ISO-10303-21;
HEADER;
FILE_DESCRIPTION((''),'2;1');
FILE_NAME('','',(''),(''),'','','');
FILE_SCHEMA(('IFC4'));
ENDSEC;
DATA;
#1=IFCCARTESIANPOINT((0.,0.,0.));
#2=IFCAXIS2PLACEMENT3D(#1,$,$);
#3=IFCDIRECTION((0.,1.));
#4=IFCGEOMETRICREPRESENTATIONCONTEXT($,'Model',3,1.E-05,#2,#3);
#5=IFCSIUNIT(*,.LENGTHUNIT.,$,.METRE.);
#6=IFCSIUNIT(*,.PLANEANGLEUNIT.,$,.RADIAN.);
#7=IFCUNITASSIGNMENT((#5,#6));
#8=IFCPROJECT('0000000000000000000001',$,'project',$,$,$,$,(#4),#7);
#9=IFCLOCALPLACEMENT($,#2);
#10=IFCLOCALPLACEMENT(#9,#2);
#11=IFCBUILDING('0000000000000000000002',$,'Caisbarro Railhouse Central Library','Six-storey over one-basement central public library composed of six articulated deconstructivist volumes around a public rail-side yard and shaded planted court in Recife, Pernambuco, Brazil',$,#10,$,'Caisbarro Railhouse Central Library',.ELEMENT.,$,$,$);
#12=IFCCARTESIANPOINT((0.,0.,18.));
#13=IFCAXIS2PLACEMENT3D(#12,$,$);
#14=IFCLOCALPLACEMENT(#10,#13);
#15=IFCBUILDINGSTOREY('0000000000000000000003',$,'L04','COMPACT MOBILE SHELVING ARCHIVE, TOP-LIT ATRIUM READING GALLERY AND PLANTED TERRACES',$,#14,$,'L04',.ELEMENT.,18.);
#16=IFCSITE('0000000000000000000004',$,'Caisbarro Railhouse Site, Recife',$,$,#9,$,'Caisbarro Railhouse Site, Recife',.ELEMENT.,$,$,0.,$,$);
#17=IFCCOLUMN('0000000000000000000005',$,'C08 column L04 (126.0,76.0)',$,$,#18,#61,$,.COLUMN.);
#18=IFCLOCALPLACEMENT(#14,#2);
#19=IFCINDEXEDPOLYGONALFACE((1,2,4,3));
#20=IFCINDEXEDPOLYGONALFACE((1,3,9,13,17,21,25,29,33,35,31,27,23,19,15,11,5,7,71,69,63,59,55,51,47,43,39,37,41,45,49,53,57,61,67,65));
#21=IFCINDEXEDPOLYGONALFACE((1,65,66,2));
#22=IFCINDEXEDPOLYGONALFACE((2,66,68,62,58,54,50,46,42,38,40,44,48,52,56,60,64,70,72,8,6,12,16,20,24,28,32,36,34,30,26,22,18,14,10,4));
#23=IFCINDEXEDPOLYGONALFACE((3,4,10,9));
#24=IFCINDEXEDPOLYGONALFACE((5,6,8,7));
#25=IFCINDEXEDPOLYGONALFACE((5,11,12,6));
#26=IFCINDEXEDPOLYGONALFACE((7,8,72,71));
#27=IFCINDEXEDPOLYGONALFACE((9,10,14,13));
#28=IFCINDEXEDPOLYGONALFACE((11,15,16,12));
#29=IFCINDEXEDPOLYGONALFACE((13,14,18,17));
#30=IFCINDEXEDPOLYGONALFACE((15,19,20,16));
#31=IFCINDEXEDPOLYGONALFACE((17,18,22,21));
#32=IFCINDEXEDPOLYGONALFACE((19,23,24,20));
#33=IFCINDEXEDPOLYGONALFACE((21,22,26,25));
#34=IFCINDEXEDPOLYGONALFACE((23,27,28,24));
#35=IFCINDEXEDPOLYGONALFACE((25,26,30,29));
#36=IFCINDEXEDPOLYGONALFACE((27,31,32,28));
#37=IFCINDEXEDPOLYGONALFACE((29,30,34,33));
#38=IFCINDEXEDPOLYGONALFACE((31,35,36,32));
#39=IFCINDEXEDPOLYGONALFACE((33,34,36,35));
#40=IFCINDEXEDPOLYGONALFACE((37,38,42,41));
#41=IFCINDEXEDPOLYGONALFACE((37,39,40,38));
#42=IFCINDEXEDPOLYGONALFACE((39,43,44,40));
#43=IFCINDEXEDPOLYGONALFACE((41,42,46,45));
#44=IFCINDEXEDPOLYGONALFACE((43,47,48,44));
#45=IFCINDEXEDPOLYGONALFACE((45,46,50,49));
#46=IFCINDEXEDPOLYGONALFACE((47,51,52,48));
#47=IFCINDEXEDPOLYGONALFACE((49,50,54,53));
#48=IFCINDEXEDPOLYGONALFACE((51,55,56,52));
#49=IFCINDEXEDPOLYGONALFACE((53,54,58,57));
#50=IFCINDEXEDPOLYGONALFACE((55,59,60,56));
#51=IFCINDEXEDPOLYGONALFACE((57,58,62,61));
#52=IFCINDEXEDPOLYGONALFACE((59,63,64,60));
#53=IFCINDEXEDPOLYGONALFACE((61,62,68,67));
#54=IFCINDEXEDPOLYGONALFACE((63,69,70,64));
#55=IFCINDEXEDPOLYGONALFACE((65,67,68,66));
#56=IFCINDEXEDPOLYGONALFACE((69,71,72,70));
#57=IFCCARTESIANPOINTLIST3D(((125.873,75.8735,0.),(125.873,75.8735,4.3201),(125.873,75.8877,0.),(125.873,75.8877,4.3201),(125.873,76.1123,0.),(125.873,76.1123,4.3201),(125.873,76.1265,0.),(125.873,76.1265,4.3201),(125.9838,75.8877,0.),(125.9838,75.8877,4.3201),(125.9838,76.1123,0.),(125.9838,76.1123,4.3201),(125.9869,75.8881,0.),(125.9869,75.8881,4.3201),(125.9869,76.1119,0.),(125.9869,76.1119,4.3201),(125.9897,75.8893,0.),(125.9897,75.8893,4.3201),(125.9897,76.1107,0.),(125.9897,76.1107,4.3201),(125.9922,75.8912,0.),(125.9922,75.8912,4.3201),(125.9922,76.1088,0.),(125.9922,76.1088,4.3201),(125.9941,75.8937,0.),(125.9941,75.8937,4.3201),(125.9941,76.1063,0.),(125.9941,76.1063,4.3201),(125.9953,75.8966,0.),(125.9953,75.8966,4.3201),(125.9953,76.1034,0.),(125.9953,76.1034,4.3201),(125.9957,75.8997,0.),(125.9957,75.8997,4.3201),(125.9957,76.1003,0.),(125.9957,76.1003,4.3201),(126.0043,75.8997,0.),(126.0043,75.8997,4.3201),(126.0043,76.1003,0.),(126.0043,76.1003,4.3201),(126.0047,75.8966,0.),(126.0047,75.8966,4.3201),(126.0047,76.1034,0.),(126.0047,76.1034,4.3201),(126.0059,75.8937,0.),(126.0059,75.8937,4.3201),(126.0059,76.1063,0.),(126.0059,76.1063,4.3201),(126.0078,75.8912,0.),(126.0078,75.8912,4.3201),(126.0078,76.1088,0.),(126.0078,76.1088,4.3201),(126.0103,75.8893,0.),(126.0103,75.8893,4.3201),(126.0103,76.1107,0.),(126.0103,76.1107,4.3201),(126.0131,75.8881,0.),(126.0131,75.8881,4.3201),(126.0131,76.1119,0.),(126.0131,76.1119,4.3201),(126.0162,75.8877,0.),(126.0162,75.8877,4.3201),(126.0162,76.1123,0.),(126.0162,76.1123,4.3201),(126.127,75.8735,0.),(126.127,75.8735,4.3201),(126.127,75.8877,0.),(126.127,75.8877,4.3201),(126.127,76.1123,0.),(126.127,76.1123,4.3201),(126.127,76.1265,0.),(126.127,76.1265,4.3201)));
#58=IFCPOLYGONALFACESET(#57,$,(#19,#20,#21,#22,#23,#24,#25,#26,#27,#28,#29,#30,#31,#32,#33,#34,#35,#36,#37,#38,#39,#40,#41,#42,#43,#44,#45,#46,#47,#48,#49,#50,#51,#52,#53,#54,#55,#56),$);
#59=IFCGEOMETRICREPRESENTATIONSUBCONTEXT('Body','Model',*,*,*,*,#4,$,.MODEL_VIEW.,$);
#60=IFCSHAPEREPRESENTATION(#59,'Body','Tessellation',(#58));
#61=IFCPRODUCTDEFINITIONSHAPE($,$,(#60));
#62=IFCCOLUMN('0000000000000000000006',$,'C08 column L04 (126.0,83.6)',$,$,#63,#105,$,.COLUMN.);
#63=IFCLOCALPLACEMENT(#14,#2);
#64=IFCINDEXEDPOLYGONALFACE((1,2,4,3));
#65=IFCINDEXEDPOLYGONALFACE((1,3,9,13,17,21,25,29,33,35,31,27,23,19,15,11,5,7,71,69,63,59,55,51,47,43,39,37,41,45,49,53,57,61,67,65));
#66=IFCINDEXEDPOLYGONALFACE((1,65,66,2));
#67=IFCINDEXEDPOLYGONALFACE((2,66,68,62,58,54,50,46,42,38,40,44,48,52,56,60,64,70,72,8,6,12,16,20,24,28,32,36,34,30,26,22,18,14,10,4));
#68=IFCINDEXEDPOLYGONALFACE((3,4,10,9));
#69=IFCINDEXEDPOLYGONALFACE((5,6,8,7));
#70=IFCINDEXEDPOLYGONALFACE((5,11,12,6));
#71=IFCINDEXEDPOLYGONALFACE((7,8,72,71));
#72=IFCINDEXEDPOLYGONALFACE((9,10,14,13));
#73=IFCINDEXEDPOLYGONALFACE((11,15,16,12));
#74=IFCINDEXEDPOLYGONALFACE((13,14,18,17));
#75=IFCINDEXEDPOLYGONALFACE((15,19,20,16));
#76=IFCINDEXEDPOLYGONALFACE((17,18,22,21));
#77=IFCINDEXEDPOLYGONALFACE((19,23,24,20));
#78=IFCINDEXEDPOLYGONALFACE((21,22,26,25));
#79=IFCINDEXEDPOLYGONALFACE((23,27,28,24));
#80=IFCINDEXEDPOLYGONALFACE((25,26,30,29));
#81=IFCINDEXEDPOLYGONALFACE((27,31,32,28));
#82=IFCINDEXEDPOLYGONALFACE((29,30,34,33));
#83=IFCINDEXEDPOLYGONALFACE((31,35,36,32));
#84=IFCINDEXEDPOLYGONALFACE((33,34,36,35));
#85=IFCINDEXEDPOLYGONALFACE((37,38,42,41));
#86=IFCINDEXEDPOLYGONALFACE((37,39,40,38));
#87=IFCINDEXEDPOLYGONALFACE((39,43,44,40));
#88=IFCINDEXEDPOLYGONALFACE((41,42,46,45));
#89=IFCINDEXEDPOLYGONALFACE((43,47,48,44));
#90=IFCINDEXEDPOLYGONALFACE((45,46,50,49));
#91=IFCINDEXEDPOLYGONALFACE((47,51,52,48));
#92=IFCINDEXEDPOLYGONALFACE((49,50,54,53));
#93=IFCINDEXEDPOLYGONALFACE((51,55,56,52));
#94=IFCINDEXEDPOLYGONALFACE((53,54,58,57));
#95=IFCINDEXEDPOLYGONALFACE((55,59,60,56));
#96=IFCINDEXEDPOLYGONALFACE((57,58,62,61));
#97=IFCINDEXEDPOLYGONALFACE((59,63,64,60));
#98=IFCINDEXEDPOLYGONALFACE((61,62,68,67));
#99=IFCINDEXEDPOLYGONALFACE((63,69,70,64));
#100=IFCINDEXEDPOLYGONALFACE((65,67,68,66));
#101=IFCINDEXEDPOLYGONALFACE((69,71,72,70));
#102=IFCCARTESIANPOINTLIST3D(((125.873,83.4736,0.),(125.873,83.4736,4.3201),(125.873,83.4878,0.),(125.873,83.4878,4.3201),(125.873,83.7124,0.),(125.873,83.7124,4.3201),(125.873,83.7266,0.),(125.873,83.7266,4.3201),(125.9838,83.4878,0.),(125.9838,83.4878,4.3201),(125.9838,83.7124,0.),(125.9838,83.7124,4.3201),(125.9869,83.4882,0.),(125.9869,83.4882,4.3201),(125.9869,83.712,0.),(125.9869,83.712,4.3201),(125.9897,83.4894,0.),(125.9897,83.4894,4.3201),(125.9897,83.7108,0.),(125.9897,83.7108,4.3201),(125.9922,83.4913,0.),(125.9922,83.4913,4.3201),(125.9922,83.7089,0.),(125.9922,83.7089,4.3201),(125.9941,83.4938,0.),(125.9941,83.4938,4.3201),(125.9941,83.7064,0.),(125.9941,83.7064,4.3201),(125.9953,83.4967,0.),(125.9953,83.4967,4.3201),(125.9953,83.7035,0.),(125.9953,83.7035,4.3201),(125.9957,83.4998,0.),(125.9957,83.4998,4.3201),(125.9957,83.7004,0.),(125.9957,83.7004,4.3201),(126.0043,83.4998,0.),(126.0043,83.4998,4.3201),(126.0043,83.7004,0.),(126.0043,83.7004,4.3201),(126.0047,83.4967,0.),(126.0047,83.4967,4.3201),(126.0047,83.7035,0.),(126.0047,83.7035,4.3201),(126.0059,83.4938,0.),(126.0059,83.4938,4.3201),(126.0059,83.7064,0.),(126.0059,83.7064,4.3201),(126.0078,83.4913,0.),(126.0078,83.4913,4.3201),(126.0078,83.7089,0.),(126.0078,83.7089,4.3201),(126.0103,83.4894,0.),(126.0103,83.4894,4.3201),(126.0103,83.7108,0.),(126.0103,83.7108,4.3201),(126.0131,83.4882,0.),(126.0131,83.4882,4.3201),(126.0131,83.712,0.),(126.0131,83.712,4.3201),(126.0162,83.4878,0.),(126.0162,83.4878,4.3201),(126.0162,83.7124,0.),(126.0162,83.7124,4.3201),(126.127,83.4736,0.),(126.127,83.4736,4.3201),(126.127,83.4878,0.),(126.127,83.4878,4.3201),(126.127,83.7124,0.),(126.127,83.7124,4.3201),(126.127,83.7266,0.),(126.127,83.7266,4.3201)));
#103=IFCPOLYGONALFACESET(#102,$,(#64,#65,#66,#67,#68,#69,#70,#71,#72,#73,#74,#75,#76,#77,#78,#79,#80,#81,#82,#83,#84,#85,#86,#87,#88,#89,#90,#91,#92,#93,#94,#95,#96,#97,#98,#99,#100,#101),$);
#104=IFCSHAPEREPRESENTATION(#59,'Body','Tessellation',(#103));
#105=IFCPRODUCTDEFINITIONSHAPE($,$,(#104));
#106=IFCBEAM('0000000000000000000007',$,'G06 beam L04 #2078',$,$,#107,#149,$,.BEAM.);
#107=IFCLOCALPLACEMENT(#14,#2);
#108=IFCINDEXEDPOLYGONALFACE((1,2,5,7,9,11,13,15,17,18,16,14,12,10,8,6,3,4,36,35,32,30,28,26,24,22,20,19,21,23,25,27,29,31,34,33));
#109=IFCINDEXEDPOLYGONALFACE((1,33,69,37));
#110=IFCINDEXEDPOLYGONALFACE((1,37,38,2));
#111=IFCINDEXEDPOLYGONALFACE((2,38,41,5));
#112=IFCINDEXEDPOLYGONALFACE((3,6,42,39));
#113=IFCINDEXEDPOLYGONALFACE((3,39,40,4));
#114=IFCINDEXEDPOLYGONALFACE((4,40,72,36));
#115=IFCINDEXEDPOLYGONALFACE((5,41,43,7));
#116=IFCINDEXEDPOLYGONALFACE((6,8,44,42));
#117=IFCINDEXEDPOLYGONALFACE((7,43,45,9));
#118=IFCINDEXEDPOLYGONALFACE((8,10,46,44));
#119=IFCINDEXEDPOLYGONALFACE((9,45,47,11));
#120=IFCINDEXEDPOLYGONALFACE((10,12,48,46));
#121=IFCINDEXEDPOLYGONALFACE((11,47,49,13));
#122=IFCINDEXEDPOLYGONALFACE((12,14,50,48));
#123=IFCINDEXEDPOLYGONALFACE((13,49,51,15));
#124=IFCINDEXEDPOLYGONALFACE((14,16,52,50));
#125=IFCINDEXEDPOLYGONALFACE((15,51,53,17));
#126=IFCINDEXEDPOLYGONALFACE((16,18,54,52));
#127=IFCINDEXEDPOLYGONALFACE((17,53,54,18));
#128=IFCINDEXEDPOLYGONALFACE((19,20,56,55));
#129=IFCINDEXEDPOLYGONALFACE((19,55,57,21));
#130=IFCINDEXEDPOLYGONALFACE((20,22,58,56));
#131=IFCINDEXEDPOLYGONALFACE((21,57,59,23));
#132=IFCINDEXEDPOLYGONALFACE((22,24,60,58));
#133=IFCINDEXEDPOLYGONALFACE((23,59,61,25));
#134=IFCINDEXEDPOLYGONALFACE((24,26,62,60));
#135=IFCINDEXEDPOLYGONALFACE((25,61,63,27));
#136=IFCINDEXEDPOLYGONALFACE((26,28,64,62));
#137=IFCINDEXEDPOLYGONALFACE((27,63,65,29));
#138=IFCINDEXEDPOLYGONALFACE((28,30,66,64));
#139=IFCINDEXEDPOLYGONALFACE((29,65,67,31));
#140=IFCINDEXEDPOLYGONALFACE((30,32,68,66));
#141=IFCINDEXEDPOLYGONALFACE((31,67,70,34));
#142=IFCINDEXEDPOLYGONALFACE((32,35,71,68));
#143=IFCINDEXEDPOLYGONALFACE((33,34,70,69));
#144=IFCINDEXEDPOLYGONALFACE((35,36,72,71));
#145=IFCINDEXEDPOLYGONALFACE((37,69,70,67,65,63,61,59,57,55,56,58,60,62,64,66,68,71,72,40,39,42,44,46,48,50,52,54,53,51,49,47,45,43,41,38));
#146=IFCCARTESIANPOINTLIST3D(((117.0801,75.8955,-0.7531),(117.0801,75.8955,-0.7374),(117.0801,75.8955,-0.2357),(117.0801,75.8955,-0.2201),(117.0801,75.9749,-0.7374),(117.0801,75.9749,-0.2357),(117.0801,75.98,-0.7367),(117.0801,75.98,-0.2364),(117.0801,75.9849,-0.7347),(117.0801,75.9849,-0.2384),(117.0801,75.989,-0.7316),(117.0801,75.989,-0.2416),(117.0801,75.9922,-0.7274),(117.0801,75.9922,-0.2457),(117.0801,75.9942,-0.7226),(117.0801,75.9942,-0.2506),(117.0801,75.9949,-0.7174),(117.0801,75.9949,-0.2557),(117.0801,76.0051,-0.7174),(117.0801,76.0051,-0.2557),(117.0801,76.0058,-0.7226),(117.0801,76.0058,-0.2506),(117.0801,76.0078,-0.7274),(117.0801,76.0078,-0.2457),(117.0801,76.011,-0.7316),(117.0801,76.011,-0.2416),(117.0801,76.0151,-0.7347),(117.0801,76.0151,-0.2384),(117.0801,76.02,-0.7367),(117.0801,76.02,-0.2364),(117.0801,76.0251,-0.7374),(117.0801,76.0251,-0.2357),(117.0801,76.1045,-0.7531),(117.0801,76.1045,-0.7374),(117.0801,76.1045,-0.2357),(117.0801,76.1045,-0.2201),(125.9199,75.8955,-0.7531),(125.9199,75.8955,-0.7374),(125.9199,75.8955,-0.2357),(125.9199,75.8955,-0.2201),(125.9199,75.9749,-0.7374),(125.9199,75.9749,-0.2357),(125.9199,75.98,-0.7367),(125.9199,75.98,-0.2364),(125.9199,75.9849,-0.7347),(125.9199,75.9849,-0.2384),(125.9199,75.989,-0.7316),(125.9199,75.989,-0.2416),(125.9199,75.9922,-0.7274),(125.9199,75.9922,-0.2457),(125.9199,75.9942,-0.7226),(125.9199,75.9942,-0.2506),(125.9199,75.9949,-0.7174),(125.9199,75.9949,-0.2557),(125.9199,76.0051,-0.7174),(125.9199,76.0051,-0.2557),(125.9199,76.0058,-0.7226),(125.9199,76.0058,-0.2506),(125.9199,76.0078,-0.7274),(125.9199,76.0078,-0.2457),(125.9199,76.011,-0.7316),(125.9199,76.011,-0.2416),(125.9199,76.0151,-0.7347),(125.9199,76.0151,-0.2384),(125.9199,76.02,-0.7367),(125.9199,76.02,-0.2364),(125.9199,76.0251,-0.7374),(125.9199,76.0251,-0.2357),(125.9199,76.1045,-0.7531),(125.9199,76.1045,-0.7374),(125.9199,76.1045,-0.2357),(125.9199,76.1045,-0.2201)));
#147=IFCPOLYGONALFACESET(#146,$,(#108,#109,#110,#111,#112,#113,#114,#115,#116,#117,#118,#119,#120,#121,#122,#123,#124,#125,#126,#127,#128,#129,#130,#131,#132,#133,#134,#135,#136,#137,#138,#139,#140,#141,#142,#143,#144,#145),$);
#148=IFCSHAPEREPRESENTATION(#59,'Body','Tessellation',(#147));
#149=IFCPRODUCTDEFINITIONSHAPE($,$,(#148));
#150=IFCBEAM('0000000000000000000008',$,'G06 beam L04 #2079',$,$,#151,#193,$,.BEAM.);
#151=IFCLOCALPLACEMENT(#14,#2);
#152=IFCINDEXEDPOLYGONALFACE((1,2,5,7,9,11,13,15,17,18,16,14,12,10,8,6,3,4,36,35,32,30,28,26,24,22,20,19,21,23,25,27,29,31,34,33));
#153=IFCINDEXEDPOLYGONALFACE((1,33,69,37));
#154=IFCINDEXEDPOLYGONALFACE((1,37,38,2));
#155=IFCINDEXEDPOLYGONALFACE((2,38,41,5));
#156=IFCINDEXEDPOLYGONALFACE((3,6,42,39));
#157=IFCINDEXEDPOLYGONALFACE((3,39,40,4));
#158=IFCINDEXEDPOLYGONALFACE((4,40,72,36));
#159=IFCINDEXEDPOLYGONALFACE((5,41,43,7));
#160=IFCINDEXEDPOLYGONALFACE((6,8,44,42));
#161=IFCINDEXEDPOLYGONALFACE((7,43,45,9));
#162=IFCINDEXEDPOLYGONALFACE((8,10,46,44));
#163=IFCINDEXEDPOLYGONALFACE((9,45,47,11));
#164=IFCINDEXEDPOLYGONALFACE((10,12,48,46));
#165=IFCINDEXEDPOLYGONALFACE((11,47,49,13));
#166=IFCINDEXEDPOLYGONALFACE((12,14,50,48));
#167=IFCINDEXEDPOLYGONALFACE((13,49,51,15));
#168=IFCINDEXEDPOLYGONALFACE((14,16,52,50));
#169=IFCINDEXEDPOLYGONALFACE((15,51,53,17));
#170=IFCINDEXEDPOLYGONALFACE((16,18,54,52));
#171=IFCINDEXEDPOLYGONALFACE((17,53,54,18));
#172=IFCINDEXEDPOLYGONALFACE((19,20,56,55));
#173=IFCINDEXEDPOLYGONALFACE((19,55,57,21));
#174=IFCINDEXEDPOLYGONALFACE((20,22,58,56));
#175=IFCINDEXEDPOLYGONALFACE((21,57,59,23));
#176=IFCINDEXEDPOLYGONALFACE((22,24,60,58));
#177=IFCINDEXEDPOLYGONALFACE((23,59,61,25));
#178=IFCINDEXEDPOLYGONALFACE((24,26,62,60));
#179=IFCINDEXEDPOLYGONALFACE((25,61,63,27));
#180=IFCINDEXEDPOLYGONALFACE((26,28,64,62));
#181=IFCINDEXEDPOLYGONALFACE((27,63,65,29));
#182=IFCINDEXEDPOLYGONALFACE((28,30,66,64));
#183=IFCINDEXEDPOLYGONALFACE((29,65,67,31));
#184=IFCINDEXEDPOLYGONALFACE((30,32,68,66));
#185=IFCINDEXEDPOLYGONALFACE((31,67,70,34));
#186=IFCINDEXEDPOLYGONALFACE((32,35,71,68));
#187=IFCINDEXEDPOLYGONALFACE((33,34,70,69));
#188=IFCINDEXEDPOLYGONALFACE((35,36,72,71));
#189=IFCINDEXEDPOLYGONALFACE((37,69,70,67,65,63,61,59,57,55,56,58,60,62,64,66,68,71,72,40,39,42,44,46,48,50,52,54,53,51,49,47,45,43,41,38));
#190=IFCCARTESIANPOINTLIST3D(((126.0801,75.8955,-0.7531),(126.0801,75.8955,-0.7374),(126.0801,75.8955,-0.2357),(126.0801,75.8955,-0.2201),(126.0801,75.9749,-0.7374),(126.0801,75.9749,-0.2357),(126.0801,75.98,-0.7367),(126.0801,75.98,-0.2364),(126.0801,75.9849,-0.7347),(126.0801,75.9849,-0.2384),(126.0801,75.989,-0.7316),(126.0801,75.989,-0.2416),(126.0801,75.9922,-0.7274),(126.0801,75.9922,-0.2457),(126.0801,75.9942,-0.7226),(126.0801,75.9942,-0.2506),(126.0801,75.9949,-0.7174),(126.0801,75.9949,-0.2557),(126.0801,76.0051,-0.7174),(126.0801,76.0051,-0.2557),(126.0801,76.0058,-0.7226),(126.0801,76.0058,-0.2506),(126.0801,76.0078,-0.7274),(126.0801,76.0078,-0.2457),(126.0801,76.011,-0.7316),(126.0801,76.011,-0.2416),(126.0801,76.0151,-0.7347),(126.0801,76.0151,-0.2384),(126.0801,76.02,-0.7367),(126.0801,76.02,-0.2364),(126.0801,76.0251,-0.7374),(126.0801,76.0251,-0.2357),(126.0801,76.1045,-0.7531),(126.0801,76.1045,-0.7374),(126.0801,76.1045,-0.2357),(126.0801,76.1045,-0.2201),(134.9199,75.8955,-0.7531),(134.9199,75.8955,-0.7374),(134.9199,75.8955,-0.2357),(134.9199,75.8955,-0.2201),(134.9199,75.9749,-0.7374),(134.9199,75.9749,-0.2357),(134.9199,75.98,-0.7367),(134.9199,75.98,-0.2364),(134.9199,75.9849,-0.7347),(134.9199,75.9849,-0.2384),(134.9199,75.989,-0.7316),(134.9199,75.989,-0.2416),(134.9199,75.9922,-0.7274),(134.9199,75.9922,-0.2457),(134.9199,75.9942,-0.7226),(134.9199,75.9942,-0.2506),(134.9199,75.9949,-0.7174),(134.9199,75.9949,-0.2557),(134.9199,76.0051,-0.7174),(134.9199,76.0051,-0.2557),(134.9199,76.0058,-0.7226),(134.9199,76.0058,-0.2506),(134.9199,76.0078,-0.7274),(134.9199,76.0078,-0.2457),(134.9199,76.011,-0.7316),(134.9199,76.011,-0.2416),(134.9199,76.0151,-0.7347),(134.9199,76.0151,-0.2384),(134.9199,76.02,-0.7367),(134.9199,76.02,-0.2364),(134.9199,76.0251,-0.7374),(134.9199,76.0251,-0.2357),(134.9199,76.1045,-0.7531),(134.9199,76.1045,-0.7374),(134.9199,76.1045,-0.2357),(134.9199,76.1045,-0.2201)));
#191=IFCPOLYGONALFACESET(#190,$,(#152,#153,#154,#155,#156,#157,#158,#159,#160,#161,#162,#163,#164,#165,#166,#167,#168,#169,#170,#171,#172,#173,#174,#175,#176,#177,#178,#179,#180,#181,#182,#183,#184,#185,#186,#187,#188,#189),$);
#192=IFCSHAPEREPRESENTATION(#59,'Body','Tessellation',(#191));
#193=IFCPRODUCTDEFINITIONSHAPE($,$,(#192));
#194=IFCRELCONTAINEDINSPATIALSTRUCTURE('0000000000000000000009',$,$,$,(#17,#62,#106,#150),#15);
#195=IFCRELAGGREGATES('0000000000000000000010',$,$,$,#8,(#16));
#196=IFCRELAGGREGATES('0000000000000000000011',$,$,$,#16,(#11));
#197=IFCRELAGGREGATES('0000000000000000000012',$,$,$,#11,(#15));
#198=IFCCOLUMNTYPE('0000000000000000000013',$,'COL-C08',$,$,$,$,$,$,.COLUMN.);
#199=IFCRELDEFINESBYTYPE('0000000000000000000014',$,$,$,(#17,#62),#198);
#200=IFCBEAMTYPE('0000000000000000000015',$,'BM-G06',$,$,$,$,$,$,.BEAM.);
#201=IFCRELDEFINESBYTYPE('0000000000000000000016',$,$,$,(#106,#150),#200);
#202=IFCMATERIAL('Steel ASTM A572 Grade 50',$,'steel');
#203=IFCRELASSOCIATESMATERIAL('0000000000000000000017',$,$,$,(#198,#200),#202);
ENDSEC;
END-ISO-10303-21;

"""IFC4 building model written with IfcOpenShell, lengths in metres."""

from ifc_helpers import new_model, si_unit, direction, frame, origin, origin_2d, place, context, subcontext, project, spatial, i_section, extrude, material, material_profile, profile_set, type_object, element, save


model = new_model("IFC4")

# Units and contexts
model_context = context("Model", 3, precision=1e-05, world=origin(), true_north=direction((0.0, 1.0)))
body_context = subcontext(model_context, "Body", "Model", "MODEL_VIEW")
ifc_project = project(units=[si_unit("LENGTHUNIT", "METRE"), si_unit("PLANEANGLEUNIT", "RADIAN")], contexts=[model_context])

# Site, building, storey
site_placement = place(None, origin())
site = spatial("IfcSite", under=ifc_project, at=site_placement, Name="Caisbarro Railhouse Site, Recife", LongName="Caisbarro Railhouse Site, Recife", CompositionType="ELEMENT", RefElevation=0.0)
building_placement = place(site_placement, origin())
building = spatial("IfcBuilding", under=site, at=building_placement, Name="Caisbarro Railhouse Central Library", Description="Six-storey over one-basement central public library composed of six articulated deconstructivist volumes around a public rail-side yard and shaded planted court in Recife, Pernambuco, Brazil", LongName="Caisbarro Railhouse Central Library", CompositionType="ELEMENT")
storey_placement = place(building_placement, frame((0.0, 0.0, 18.0)))
storey = spatial("IfcBuildingStorey", under=building, at=storey_placement, Name="L04", Description="COMPACT MOBILE SHELVING ARCHIVE, TOP-LIT ATRIUM READING GALLERY AND PLANTED TERRACES", LongName="L04", CompositionType="ELEMENT", Elevation=18.0)

# Columns
ifc_material_1 = material(Name="Steel ASTM A572 Grade 50", Category="steel")
ifc_material_profile_1 = material_profile(ifc_material_1, i_section(OverallWidth=0.2539, OverallDepth=0.2529, WebThickness=0.0085, FlangeThickness=0.0142, FilletRadius=0.012, at=origin_2d()), Name="W250X73.0")
ifc_profile_set_1 = profile_set([ifc_material_profile_1], Name="Steel ASTM A572 Grade 50")
column_type = type_object("IfcColumnType", Name="COL-C08", PredefinedType="COLUMN", material=ifc_profile_set_1)
for number, where, z_axis, x_axis, name in (
    (1, (126.0, 76.0, 0.0), (0.0, 0.0, 1.0), (1.0, 0.0, 0.0), "C08 column L04 (126.0,76.0)"),
    (2, (126.0, 83.6001, 0.0), (0.0, 0.0, 1.0), (1.0, 0.0, 0.0), "C08 column L04 (126.0,83.6)"),
):
    element("IfcColumn", number, at=place(storey_placement, frame(where, z_axis=z_axis, x_axis=x_axis)), inside=storey, type_object=column_type, Name=name, PredefinedType="COLUMN", context=body_context, shape_type="SweptSolid", body=[
        extrude(i_section(OverallWidth=0.2539, OverallDepth=0.2529, WebThickness=0.0085, FlangeThickness=0.0142, FilletRadius=0.012, at=origin_2d()), origin(), (0.0, 0.0, 1.0), 4.3201),
    ])

# Beams
ifc_material_profile_2 = material_profile(ifc_material_1, i_section(OverallWidth=0.209, OverallDepth=0.533, WebThickness=0.0103, FlangeThickness=0.0156, FilletRadius=0.02, at=origin_2d()), Name="W530X92.0")
ifc_profile_set_2 = profile_set([ifc_material_profile_2], Name="Steel ASTM A572 Grade 50")
beam_type_1 = type_object("IfcBeamType", Name="BM-G06", PredefinedType="BEAM", material=ifc_profile_set_2)
for number, where, z_axis, x_axis, name in (
    (3, (117.0801, 76.0, -0.4866), (1.0, 0.0, 0.0), (0.0, 1.0, 0.0), "G06 beam L04 #2078"),
    (4, (126.0801, 76.0, -0.4866), (1.0, 0.0, 0.0), (0.0, 1.0, 0.0), "G06 beam L04 #2079"),
):
    element("IfcBeam", number, at=place(storey_placement, frame(where, z_axis=z_axis, x_axis=x_axis)), inside=storey, type_object=beam_type_1, Name=name, PredefinedType="BEAM", context=body_context, shape_type="SweptSolid", body=[
        extrude(i_section(OverallWidth=0.209, OverallDepth=0.533, WebThickness=0.0103, FlangeThickness=0.0156, FilletRadius=0.02, at=origin_2d()), origin(), (0.0, 0.0, 1.0), 8.8398),
    ])

save(model, "model.ifc")
